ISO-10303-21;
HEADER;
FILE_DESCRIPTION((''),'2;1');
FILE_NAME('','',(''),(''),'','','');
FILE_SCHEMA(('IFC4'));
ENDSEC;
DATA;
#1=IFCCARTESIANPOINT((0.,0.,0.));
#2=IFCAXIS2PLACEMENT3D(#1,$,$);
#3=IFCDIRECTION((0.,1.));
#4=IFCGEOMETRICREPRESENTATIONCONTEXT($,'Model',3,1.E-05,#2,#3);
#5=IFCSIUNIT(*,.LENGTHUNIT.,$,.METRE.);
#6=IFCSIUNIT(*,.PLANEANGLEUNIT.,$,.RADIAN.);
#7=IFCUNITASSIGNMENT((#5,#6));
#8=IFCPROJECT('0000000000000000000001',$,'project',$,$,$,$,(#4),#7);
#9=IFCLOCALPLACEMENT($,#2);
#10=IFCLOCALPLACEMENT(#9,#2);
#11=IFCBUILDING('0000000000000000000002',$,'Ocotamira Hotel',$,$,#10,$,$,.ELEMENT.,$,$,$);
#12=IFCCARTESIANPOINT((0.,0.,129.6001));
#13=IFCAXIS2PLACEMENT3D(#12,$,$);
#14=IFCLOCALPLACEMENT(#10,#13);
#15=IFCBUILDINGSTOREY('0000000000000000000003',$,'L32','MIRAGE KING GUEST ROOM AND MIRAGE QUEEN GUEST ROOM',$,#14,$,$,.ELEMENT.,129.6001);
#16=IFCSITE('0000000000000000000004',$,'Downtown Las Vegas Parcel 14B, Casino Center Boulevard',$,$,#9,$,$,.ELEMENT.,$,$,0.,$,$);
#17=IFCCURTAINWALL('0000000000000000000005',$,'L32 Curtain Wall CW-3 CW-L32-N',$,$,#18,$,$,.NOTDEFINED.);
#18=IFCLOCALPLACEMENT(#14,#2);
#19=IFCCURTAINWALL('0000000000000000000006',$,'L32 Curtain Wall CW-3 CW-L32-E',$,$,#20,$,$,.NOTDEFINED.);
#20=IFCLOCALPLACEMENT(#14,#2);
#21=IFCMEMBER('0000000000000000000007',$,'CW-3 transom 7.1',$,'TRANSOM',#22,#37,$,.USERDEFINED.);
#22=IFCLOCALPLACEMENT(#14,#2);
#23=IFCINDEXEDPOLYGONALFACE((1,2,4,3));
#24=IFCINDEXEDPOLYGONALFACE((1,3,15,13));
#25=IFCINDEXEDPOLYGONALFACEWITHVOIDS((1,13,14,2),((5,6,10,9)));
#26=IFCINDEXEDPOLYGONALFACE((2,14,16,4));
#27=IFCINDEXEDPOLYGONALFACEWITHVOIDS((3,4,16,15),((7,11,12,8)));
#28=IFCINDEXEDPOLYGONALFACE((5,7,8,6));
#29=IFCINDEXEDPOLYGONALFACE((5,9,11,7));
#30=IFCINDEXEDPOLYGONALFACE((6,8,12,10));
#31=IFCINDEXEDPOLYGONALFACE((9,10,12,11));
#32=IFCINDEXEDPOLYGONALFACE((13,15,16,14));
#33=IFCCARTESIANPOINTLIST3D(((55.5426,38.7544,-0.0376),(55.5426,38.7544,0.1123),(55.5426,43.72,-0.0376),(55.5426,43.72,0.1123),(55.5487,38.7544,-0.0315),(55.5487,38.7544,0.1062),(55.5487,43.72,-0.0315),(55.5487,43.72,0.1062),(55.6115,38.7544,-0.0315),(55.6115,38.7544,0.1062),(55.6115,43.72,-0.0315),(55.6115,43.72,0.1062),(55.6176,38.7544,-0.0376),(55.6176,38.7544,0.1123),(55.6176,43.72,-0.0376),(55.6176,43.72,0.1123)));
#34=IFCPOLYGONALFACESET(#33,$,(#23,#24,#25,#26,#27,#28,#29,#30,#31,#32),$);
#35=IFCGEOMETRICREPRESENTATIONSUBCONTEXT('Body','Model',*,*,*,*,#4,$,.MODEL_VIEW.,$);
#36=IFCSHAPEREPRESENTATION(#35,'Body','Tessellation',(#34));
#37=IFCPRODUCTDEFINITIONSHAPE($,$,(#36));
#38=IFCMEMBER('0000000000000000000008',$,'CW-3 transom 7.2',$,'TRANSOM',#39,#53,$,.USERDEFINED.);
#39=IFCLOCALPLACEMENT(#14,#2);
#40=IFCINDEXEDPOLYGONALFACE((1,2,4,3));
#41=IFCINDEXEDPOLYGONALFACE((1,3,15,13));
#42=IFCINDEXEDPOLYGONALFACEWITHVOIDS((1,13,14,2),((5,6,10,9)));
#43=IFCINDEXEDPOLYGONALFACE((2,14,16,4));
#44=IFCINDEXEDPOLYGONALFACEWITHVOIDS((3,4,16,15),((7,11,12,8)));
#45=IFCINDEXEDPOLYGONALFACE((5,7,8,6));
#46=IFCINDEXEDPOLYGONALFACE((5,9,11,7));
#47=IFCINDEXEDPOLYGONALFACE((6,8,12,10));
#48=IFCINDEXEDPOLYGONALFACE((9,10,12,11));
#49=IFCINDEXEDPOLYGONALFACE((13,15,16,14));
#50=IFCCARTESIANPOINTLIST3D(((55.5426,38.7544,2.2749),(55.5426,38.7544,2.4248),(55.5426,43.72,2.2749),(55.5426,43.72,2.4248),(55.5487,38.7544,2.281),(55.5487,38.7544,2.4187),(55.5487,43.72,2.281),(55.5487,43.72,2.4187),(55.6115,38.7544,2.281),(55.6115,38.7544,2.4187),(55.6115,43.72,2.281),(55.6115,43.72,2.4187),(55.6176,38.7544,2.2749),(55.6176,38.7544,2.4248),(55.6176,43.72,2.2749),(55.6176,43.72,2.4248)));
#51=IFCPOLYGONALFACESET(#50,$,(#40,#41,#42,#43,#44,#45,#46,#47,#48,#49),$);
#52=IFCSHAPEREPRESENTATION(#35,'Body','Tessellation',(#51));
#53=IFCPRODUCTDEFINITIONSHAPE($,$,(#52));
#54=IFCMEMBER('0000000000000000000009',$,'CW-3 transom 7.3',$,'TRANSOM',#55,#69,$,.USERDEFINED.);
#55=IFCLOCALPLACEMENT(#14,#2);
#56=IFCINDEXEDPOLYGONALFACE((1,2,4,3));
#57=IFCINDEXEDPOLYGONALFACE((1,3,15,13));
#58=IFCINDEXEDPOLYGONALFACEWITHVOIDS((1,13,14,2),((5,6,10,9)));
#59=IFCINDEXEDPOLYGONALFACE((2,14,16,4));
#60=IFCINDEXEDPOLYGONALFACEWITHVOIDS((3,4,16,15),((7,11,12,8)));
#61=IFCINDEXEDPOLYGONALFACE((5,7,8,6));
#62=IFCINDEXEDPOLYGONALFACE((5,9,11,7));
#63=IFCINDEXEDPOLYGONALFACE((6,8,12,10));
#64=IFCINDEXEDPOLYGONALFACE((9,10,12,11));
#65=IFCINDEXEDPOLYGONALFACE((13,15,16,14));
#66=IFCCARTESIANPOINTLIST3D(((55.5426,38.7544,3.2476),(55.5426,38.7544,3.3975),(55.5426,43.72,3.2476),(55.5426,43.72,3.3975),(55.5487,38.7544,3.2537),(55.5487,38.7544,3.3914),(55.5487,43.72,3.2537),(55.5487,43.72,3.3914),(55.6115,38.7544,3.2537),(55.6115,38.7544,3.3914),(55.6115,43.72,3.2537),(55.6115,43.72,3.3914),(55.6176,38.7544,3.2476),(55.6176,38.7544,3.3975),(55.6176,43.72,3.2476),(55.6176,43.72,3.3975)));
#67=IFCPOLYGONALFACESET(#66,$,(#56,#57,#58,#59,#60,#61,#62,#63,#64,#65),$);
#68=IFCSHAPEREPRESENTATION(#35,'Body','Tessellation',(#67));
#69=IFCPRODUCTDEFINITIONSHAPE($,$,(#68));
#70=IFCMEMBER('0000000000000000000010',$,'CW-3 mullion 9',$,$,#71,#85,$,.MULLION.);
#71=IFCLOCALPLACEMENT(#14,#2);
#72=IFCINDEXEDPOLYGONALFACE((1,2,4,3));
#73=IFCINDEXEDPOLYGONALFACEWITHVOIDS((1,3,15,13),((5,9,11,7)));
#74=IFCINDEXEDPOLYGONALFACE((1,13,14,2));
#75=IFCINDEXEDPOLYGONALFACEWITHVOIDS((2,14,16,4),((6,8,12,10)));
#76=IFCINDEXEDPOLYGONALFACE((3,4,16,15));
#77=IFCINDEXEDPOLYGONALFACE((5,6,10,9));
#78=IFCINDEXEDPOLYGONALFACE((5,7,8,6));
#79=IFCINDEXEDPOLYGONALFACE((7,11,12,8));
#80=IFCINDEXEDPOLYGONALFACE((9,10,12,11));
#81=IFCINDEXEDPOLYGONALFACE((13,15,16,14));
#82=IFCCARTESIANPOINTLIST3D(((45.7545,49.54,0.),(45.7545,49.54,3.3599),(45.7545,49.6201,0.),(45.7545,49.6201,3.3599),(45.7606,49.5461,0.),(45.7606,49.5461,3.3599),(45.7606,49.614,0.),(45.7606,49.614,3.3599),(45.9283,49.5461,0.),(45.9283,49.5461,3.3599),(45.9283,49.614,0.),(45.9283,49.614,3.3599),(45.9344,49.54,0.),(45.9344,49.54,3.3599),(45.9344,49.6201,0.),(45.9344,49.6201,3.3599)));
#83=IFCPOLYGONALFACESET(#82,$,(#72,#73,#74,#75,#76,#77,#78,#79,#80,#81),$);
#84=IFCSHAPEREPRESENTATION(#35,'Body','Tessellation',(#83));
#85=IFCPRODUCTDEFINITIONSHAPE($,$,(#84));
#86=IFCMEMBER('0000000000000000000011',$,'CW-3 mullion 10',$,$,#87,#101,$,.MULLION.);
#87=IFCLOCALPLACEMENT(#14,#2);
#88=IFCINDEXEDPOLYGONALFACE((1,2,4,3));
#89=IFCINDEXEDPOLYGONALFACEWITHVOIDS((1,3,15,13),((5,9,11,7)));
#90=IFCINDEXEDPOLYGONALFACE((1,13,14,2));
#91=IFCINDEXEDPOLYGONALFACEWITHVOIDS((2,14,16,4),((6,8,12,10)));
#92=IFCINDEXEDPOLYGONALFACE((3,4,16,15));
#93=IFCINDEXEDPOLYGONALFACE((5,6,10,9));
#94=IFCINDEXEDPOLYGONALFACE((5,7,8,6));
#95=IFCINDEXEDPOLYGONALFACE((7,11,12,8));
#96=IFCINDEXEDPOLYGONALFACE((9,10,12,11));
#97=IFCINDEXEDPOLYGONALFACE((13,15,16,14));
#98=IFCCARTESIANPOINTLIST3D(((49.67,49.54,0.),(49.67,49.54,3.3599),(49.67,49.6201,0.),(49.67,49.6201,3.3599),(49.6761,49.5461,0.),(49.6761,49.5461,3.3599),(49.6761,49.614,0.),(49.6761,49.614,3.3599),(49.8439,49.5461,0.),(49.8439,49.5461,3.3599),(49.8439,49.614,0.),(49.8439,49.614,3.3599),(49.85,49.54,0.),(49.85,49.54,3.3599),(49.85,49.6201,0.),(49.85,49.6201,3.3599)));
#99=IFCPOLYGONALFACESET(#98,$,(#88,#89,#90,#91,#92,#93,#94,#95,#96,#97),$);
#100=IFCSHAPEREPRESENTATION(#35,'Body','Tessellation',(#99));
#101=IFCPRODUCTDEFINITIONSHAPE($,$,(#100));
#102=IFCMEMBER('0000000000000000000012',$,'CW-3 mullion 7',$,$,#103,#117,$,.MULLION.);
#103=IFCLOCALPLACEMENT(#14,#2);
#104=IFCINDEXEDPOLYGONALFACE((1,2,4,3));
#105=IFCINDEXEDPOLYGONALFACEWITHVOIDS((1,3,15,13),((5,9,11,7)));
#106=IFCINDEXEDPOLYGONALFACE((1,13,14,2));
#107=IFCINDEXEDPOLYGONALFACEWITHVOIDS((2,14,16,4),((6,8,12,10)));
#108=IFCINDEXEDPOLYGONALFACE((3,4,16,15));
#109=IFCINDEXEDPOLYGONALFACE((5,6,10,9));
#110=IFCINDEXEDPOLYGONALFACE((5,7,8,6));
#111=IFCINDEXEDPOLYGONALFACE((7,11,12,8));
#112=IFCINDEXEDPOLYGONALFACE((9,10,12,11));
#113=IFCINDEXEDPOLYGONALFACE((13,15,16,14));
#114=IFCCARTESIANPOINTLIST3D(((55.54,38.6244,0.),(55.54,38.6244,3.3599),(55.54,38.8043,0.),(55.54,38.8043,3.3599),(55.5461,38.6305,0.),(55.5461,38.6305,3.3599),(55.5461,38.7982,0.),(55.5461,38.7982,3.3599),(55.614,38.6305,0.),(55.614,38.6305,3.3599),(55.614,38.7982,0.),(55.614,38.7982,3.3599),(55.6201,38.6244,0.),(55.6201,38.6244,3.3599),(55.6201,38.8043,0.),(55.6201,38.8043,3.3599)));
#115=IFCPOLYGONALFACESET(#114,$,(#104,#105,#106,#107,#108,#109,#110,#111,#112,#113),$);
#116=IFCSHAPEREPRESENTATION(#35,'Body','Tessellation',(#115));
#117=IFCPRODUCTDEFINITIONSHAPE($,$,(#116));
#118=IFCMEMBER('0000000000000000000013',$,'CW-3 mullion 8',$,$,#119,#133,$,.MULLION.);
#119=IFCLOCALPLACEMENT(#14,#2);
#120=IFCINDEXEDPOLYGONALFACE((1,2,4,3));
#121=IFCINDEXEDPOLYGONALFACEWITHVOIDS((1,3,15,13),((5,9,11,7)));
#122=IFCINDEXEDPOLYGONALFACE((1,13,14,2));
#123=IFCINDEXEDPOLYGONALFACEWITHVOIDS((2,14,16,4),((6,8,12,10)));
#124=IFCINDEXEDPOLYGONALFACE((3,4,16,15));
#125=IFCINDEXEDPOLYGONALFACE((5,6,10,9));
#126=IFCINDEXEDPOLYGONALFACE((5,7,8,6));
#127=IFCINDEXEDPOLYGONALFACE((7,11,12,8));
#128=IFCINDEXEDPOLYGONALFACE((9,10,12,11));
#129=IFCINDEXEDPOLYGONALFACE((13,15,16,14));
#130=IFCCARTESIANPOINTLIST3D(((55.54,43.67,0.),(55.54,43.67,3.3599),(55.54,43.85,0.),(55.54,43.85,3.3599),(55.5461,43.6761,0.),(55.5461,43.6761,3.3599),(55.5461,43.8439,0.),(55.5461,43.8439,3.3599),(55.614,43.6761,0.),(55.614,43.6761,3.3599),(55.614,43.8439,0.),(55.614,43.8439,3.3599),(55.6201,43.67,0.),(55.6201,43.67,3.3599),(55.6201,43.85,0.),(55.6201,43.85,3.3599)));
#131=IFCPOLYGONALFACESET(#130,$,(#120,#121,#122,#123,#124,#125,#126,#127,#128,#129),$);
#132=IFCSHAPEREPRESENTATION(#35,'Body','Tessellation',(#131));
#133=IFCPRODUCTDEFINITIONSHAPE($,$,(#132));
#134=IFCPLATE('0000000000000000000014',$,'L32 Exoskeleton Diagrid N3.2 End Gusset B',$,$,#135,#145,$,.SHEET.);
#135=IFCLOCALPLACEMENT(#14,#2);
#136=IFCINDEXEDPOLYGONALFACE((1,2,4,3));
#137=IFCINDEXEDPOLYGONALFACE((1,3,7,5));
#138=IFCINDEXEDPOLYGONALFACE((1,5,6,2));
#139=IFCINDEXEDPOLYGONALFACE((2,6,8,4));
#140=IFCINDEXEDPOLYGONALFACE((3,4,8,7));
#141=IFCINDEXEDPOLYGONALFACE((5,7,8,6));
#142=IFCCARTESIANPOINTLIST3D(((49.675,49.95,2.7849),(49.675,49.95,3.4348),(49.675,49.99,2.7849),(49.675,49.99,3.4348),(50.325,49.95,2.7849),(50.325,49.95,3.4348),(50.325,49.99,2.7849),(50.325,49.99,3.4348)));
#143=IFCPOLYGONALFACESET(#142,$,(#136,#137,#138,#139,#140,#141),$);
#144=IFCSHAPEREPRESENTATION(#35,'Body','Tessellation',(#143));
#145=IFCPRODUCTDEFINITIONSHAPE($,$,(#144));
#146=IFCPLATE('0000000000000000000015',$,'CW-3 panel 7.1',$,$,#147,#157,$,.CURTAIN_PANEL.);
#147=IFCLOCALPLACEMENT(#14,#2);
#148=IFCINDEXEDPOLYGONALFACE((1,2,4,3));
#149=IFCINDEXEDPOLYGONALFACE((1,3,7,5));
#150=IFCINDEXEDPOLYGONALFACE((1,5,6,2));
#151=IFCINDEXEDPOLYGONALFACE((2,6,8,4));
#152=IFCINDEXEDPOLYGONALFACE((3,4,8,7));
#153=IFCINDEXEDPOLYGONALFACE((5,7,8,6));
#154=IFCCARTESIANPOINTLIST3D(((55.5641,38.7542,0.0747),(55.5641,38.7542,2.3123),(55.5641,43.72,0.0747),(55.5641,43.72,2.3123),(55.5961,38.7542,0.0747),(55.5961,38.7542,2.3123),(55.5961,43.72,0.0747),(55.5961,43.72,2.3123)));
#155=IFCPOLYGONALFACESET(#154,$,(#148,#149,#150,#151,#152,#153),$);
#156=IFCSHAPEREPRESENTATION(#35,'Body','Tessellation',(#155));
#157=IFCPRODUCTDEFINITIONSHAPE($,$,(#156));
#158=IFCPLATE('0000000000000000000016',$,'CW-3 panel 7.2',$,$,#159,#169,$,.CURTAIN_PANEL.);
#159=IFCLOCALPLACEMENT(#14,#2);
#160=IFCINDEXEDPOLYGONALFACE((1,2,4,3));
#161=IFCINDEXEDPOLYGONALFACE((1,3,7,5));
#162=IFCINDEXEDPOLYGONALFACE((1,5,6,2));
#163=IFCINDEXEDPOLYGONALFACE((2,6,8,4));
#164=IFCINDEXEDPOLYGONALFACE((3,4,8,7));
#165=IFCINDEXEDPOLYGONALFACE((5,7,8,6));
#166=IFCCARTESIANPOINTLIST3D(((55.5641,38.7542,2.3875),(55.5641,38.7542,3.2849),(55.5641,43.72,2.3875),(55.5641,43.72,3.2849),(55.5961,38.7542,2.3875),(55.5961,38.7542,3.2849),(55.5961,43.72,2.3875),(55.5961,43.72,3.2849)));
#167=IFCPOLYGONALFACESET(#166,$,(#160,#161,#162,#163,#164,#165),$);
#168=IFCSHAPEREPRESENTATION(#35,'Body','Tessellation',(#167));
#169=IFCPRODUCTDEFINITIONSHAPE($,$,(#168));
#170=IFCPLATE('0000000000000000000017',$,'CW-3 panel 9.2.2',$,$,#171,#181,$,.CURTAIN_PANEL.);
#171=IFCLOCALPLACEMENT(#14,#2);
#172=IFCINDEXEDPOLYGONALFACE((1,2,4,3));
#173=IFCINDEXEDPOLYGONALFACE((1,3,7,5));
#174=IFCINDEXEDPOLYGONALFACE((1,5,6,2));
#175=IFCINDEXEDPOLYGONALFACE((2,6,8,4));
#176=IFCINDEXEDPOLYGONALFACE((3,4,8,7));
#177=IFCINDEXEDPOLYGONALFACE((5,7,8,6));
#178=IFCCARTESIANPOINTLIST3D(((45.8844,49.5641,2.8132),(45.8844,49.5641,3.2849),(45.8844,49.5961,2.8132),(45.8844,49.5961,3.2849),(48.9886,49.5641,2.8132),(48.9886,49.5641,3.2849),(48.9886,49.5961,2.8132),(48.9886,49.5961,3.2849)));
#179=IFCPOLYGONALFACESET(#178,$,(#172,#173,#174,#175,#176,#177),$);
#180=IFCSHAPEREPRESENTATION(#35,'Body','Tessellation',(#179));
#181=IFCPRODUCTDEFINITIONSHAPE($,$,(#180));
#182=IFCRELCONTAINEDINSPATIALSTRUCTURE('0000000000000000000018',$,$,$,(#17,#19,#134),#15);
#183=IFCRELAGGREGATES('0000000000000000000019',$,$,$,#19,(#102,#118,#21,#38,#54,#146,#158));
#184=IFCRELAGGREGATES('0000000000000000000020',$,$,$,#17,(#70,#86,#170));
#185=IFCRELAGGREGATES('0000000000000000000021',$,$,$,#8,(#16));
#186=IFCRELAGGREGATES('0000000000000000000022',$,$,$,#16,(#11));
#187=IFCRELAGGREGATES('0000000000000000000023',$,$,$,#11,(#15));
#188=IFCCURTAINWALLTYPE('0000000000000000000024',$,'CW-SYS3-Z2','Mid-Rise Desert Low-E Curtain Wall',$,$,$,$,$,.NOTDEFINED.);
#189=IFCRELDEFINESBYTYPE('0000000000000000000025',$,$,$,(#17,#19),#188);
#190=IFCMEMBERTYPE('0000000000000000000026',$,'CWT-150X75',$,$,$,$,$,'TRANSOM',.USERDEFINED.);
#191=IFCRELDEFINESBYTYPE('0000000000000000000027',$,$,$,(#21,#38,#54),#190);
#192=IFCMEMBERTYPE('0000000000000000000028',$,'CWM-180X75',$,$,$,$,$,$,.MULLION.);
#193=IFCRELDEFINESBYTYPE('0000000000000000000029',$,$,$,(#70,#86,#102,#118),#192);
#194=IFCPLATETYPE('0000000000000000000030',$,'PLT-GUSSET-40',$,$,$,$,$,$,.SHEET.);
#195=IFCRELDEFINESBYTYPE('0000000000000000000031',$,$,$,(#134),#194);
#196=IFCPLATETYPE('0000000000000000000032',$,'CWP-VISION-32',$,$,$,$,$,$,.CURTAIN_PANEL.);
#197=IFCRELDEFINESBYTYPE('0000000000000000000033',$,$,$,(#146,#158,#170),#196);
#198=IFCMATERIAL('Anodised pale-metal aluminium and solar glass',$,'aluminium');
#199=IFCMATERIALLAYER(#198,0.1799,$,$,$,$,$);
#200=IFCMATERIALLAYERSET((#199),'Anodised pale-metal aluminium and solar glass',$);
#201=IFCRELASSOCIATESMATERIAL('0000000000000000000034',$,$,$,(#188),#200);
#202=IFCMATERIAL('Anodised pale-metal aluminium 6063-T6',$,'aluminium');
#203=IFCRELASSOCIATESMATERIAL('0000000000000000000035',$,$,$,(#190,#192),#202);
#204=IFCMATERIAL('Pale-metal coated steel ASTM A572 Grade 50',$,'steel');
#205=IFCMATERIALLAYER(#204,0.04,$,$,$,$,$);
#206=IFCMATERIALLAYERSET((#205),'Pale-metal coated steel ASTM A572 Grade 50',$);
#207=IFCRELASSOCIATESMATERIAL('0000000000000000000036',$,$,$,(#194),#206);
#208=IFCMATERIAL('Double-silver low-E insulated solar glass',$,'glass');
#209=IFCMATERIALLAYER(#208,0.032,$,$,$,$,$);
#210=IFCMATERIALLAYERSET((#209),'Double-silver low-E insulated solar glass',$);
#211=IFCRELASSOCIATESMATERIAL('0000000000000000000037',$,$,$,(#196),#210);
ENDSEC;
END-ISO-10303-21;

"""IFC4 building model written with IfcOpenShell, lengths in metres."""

from ifc_helpers import new_model, si_unit, direction, frame, origin, origin_2d, place, context, subcontext, project, spatial, rectangle, hollow_rectangle, extrude, source, transform, mapped, material, layer, layer_set, material_profile, profile_set, type_object, element, aggregate, save


model = new_model("IFC4")

# Units and contexts
model_context = context("Model", 3, precision=1e-05, world=origin(), true_north=direction((0.0, 1.0)))
body_context = subcontext(model_context, "Body", "Model", "MODEL_VIEW")
ifc_project = project(units=[si_unit("LENGTHUNIT", "METRE"), si_unit("PLANEANGLEUNIT", "RADIAN")], contexts=[model_context])

# Site, building, storey
site_placement = place(None, origin())
site = spatial("IfcSite", under=ifc_project, at=site_placement, Name="Downtown Las Vegas Parcel 14B, Casino Center Boulevard", CompositionType="ELEMENT", RefElevation=0.0)
building_placement = place(site_placement, origin())
building = spatial("IfcBuilding", under=site, at=building_placement, Name="Ocotamira Hotel", CompositionType="ELEMENT")
storey_placement = place(building_placement, frame((0.0, 0.0, 129.6001)))
storey = spatial("IfcBuildingStorey", under=building, at=storey_placement, Name="L32", Description="MIRAGE KING GUEST ROOM AND MIRAGE QUEEN GUEST ROOM", CompositionType="ELEMENT", Elevation=129.6001)

# Curtain walls, members
ifc_material_1 = material(Name="Anodised pale-metal aluminium and solar glass", Category="aluminium")
ifc_layer_1 = layer(ifc_material_1, 0.1799)
ifc_layer_set_1 = layer_set([ifc_layer_1], Name="Anodised pale-metal aluminium and solar glass")
curtain_wall_type = type_object("IfcCurtainWallType", Name="CW-SYS3-Z2", Description="Mid-Rise Desert Low-E Curtain Wall", PredefinedType="NOTDEFINED", material=ifc_layer_set_1)
curtain_wall_1_placement = place(storey_placement, origin())
curtain_wall_1 = element("IfcCurtainWall", 1, at=curtain_wall_1_placement, inside=storey, type_object=curtain_wall_type, Name="L32 Curtain Wall CW-3 CW-L32-N", PredefinedType="NOTDEFINED")
ifc_material_2 = material(Name="Anodised pale-metal aluminium 6063-T6", Category="aluminium")
ifc_material_profile_1 = material_profile(ifc_material_2, hollow_rectangle(XDim=0.075, YDim=0.1499, WallThickness=0.0061, at=origin_2d()), Name="HSS150X75X6")
ifc_profile_set_1 = profile_set([ifc_material_profile_1], Name="Anodised pale-metal aluminium 6063-T6")
member_type_1 = type_object("IfcMemberType", Name="CWT-150X75", ElementType="TRANSOM", PredefinedType="USERDEFINED", material=ifc_profile_set_1)
curtain_wall_2_placement = place(storey_placement, origin())
curtain_wall_2 = element("IfcCurtainWall", 2, at=curtain_wall_2_placement, inside=storey, type_object=curtain_wall_type, Name="L32 Curtain Wall CW-3 CW-L32-E", PredefinedType="NOTDEFINED")
shared_shape_1 = source(origin(), body_context, "Body", "SweptSolid", [
    extrude(hollow_rectangle(XDim=0.075, YDim=0.1499, WallThickness=0.0061, at=origin_2d()), origin(), (0.0, 0.0, 1.0), 4.9656),
])
member_1_placement = place(storey_placement, frame((55.5801, 38.7544, 0.0374), z_axis=(0.0, 1.0, 0.0), x_axis=(-1.0, 0.0, 0.0)))
member_1 = element("IfcMember", 3, at=member_1_placement, type_object=member_type_1, Name="CW-3 transom 7.1", ObjectType="TRANSOM", PredefinedType="USERDEFINED", context=body_context, shape_type="MappedRepresentation", body=[
    mapped(shared_shape_1, transform((0.0, 0.0, 0.0), scale=1.0)),
])
member_2_placement = place(storey_placement, frame((55.5801, 38.7544, 2.3499), z_axis=(0.0, 1.0, 0.0), x_axis=(-1.0, 0.0, 0.0)))
member_2 = element("IfcMember", 4, at=member_2_placement, type_object=member_type_1, Name="CW-3 transom 7.2", ObjectType="TRANSOM", PredefinedType="USERDEFINED", context=body_context, shape_type="MappedRepresentation", body=[
    mapped(shared_shape_1, transform((0.0, 0.0, 0.0), scale=1.0)),
])
member_3_placement = place(storey_placement, frame((55.5801, 38.7544, 3.3225), z_axis=(0.0, 1.0, 0.0), x_axis=(-1.0, 0.0, 0.0)))
member_3 = element("IfcMember", 5, at=member_3_placement, type_object=member_type_1, Name="CW-3 transom 7.3", ObjectType="TRANSOM", PredefinedType="USERDEFINED", context=body_context, shape_type="MappedRepresentation", body=[
    mapped(shared_shape_1, transform((0.0, 0.0, 0.0), scale=1.0)),
])

# Members
ifc_material_profile_2 = material_profile(ifc_material_2, hollow_rectangle(XDim=0.0801, YDim=0.1799, WallThickness=0.0061, at=origin_2d()), Name="HSS180X80X6")
ifc_profile_set_2 = profile_set([ifc_material_profile_2], Name="Anodised pale-metal aluminium 6063-T6")
member_type_2 = type_object("IfcMemberType", Name="CWM-180X75", PredefinedType="MULLION", material=ifc_profile_set_2)
shared_shape_2 = source(origin(), body_context, "Body", "SweptSolid", [
    extrude(hollow_rectangle(XDim=0.0801, YDim=0.1799, WallThickness=0.0061, at=origin_2d()), origin(), (0.0, 0.0, 1.0), 3.3599),
])
member_4_placement = place(storey_placement, frame((45.8445, 49.5801, 0.0), z_axis=(0.0, 0.0, 1.0), x_axis=(0.0, 1.0, 0.0)))
member_4 = element("IfcMember", 6, at=member_4_placement, type_object=member_type_2, Name="CW-3 mullion 9", PredefinedType="MULLION", context=body_context, shape_type="MappedRepresentation", body=[
    mapped(shared_shape_2, transform((0.0, 0.0, 0.0), scale=1.0)),
])
member_5_placement = place(storey_placement, frame((49.76, 49.5801, 0.0), z_axis=(0.0, 0.0, 1.0), x_axis=(0.0, 1.0, 0.0)))
member_5 = element("IfcMember", 7, at=member_5_placement, type_object=member_type_2, Name="CW-3 mullion 10", PredefinedType="MULLION", context=body_context, shape_type="MappedRepresentation", body=[
    mapped(shared_shape_2, transform((0.0, 0.0, 0.0), scale=1.0)),
])
member_6_placement = place(storey_placement, frame((55.5801, 38.7144, 0.0), z_axis=(0.0, 0.0, 1.0), x_axis=(-1.0, 0.0, 0.0)))
member_6 = element("IfcMember", 8, at=member_6_placement, type_object=member_type_2, Name="CW-3 mullion 7", PredefinedType="MULLION", context=body_context, shape_type="MappedRepresentation", body=[
    mapped(shared_shape_2, transform((0.0, 0.0, 0.0), scale=1.0)),
])
member_7_placement = place(storey_placement, frame((55.5801, 43.76, 0.0), z_axis=(0.0, 0.0, 1.0), x_axis=(-1.0, 0.0, 0.0)))
member_7 = element("IfcMember", 9, at=member_7_placement, type_object=member_type_2, Name="CW-3 mullion 8", PredefinedType="MULLION", context=body_context, shape_type="MappedRepresentation", body=[
    mapped(shared_shape_2, transform((0.0, 0.0, 0.0), scale=1.0)),
])

# Plates
ifc_material_3 = material(Name="Pale-metal coated steel ASTM A572 Grade 50", Category="steel")
ifc_layer_2 = layer(ifc_material_3, 0.04)
ifc_layer_set_2 = layer_set([ifc_layer_2], Name="Pale-metal coated steel ASTM A572 Grade 50")
plate_type_1 = type_object("IfcPlateType", Name="PLT-GUSSET-40", PredefinedType="SHEET", material=ifc_layer_set_2)
shared_shape_3 = source(origin(), body_context, "Body", "SweptSolid", [
    extrude(rectangle(XDim=0.6499, YDim=0.04, at=origin_2d()), origin(), (0.0, 0.0, 1.0), 0.6499),
])
plate_1_placement = place(storey_placement, frame((50.0, 49.97, 2.7849), z_axis=(0.0, 0.0, 1.0), x_axis=(1.0, 0.0, 0.0)))
element("IfcPlate", 10, at=plate_1_placement, inside=storey, type_object=plate_type_1, Name="L32 Exoskeleton Diagrid N3.2 End Gusset B", PredefinedType="SHEET", context=body_context, shape_type="MappedRepresentation", body=[
    mapped(shared_shape_3, transform((0.0, 0.0, 0.0), scale=1.0)),
])
ifc_material_4 = material(Name="Double-silver low-E insulated solar glass", Category="glass")
ifc_layer_3 = layer(ifc_material_4, 0.032)
ifc_layer_set_3 = layer_set([ifc_layer_3], Name="Double-silver low-E insulated solar glass")
plate_type_2 = type_object("IfcPlateType", Name="CWP-VISION-32", PredefinedType="CURTAIN_PANEL", material=ifc_layer_set_3)
shared_shape_4 = source(origin(), body_context, "Body", "SweptSolid", [
    extrude(rectangle(XDim=4.9658, YDim=0.032, at=origin_2d()), origin(), (0.0, 0.0, 1.0), 2.2375),
])
plate_2_placement = place(storey_placement, frame((55.5801, 41.2371, 0.0747), z_axis=(0.0, 0.0, 1.0), x_axis=(0.0, 1.0, 0.0)))
plate_2 = element("IfcPlate", 11, at=plate_2_placement, type_object=plate_type_2, Name="CW-3 panel 7.1", PredefinedType="CURTAIN_PANEL", context=body_context, shape_type="MappedRepresentation", body=[
    mapped(shared_shape_4, transform((0.0, 0.0, 0.0), scale=1.0)),
])
shared_shape_5 = source(origin(), body_context, "Body", "SweptSolid", [
    extrude(rectangle(XDim=4.9658, YDim=0.032, at=origin_2d()), origin(), (0.0, 0.0, 1.0), 0.8975),
])
plate_3_placement = place(storey_placement, frame((55.5801, 41.2371, 2.3875), z_axis=(0.0, 0.0, 1.0), x_axis=(0.0, 1.0, 0.0)))
plate_3 = element("IfcPlate", 12, at=plate_3_placement, type_object=plate_type_2, Name="CW-3 panel 7.2", PredefinedType="CURTAIN_PANEL", context=body_context, shape_type="MappedRepresentation", body=[
    mapped(shared_shape_5, transform((0.0, 0.0, 0.0), scale=1.0)),
])
aggregate(curtain_wall_2, [member_6, member_7, member_1, member_2, member_3, plate_2, plate_3])
shared_shape_6 = source(origin(), body_context, "Body", "SweptSolid", [
    extrude(rectangle(XDim=3.1042, YDim=0.032, at=origin_2d()), origin(), (0.0, 0.0, 1.0), 0.4717),
])
plate_4_placement = place(storey_placement, frame((47.4365, 49.5801, 2.8132), z_axis=(0.0, 0.0, 1.0), x_axis=(1.0, 0.0, 0.0)))
plate_4 = element("IfcPlate", 13, at=plate_4_placement, type_object=plate_type_2, Name="CW-3 panel 9.2.2", PredefinedType="CURTAIN_PANEL", context=body_context, shape_type="MappedRepresentation", body=[
    mapped(shared_shape_6, transform((0.0, 0.0, 0.0), scale=1.0)),
])
aggregate(curtain_wall_1, [member_4, member_5, plate_4])

save(model, "model.ifc")
